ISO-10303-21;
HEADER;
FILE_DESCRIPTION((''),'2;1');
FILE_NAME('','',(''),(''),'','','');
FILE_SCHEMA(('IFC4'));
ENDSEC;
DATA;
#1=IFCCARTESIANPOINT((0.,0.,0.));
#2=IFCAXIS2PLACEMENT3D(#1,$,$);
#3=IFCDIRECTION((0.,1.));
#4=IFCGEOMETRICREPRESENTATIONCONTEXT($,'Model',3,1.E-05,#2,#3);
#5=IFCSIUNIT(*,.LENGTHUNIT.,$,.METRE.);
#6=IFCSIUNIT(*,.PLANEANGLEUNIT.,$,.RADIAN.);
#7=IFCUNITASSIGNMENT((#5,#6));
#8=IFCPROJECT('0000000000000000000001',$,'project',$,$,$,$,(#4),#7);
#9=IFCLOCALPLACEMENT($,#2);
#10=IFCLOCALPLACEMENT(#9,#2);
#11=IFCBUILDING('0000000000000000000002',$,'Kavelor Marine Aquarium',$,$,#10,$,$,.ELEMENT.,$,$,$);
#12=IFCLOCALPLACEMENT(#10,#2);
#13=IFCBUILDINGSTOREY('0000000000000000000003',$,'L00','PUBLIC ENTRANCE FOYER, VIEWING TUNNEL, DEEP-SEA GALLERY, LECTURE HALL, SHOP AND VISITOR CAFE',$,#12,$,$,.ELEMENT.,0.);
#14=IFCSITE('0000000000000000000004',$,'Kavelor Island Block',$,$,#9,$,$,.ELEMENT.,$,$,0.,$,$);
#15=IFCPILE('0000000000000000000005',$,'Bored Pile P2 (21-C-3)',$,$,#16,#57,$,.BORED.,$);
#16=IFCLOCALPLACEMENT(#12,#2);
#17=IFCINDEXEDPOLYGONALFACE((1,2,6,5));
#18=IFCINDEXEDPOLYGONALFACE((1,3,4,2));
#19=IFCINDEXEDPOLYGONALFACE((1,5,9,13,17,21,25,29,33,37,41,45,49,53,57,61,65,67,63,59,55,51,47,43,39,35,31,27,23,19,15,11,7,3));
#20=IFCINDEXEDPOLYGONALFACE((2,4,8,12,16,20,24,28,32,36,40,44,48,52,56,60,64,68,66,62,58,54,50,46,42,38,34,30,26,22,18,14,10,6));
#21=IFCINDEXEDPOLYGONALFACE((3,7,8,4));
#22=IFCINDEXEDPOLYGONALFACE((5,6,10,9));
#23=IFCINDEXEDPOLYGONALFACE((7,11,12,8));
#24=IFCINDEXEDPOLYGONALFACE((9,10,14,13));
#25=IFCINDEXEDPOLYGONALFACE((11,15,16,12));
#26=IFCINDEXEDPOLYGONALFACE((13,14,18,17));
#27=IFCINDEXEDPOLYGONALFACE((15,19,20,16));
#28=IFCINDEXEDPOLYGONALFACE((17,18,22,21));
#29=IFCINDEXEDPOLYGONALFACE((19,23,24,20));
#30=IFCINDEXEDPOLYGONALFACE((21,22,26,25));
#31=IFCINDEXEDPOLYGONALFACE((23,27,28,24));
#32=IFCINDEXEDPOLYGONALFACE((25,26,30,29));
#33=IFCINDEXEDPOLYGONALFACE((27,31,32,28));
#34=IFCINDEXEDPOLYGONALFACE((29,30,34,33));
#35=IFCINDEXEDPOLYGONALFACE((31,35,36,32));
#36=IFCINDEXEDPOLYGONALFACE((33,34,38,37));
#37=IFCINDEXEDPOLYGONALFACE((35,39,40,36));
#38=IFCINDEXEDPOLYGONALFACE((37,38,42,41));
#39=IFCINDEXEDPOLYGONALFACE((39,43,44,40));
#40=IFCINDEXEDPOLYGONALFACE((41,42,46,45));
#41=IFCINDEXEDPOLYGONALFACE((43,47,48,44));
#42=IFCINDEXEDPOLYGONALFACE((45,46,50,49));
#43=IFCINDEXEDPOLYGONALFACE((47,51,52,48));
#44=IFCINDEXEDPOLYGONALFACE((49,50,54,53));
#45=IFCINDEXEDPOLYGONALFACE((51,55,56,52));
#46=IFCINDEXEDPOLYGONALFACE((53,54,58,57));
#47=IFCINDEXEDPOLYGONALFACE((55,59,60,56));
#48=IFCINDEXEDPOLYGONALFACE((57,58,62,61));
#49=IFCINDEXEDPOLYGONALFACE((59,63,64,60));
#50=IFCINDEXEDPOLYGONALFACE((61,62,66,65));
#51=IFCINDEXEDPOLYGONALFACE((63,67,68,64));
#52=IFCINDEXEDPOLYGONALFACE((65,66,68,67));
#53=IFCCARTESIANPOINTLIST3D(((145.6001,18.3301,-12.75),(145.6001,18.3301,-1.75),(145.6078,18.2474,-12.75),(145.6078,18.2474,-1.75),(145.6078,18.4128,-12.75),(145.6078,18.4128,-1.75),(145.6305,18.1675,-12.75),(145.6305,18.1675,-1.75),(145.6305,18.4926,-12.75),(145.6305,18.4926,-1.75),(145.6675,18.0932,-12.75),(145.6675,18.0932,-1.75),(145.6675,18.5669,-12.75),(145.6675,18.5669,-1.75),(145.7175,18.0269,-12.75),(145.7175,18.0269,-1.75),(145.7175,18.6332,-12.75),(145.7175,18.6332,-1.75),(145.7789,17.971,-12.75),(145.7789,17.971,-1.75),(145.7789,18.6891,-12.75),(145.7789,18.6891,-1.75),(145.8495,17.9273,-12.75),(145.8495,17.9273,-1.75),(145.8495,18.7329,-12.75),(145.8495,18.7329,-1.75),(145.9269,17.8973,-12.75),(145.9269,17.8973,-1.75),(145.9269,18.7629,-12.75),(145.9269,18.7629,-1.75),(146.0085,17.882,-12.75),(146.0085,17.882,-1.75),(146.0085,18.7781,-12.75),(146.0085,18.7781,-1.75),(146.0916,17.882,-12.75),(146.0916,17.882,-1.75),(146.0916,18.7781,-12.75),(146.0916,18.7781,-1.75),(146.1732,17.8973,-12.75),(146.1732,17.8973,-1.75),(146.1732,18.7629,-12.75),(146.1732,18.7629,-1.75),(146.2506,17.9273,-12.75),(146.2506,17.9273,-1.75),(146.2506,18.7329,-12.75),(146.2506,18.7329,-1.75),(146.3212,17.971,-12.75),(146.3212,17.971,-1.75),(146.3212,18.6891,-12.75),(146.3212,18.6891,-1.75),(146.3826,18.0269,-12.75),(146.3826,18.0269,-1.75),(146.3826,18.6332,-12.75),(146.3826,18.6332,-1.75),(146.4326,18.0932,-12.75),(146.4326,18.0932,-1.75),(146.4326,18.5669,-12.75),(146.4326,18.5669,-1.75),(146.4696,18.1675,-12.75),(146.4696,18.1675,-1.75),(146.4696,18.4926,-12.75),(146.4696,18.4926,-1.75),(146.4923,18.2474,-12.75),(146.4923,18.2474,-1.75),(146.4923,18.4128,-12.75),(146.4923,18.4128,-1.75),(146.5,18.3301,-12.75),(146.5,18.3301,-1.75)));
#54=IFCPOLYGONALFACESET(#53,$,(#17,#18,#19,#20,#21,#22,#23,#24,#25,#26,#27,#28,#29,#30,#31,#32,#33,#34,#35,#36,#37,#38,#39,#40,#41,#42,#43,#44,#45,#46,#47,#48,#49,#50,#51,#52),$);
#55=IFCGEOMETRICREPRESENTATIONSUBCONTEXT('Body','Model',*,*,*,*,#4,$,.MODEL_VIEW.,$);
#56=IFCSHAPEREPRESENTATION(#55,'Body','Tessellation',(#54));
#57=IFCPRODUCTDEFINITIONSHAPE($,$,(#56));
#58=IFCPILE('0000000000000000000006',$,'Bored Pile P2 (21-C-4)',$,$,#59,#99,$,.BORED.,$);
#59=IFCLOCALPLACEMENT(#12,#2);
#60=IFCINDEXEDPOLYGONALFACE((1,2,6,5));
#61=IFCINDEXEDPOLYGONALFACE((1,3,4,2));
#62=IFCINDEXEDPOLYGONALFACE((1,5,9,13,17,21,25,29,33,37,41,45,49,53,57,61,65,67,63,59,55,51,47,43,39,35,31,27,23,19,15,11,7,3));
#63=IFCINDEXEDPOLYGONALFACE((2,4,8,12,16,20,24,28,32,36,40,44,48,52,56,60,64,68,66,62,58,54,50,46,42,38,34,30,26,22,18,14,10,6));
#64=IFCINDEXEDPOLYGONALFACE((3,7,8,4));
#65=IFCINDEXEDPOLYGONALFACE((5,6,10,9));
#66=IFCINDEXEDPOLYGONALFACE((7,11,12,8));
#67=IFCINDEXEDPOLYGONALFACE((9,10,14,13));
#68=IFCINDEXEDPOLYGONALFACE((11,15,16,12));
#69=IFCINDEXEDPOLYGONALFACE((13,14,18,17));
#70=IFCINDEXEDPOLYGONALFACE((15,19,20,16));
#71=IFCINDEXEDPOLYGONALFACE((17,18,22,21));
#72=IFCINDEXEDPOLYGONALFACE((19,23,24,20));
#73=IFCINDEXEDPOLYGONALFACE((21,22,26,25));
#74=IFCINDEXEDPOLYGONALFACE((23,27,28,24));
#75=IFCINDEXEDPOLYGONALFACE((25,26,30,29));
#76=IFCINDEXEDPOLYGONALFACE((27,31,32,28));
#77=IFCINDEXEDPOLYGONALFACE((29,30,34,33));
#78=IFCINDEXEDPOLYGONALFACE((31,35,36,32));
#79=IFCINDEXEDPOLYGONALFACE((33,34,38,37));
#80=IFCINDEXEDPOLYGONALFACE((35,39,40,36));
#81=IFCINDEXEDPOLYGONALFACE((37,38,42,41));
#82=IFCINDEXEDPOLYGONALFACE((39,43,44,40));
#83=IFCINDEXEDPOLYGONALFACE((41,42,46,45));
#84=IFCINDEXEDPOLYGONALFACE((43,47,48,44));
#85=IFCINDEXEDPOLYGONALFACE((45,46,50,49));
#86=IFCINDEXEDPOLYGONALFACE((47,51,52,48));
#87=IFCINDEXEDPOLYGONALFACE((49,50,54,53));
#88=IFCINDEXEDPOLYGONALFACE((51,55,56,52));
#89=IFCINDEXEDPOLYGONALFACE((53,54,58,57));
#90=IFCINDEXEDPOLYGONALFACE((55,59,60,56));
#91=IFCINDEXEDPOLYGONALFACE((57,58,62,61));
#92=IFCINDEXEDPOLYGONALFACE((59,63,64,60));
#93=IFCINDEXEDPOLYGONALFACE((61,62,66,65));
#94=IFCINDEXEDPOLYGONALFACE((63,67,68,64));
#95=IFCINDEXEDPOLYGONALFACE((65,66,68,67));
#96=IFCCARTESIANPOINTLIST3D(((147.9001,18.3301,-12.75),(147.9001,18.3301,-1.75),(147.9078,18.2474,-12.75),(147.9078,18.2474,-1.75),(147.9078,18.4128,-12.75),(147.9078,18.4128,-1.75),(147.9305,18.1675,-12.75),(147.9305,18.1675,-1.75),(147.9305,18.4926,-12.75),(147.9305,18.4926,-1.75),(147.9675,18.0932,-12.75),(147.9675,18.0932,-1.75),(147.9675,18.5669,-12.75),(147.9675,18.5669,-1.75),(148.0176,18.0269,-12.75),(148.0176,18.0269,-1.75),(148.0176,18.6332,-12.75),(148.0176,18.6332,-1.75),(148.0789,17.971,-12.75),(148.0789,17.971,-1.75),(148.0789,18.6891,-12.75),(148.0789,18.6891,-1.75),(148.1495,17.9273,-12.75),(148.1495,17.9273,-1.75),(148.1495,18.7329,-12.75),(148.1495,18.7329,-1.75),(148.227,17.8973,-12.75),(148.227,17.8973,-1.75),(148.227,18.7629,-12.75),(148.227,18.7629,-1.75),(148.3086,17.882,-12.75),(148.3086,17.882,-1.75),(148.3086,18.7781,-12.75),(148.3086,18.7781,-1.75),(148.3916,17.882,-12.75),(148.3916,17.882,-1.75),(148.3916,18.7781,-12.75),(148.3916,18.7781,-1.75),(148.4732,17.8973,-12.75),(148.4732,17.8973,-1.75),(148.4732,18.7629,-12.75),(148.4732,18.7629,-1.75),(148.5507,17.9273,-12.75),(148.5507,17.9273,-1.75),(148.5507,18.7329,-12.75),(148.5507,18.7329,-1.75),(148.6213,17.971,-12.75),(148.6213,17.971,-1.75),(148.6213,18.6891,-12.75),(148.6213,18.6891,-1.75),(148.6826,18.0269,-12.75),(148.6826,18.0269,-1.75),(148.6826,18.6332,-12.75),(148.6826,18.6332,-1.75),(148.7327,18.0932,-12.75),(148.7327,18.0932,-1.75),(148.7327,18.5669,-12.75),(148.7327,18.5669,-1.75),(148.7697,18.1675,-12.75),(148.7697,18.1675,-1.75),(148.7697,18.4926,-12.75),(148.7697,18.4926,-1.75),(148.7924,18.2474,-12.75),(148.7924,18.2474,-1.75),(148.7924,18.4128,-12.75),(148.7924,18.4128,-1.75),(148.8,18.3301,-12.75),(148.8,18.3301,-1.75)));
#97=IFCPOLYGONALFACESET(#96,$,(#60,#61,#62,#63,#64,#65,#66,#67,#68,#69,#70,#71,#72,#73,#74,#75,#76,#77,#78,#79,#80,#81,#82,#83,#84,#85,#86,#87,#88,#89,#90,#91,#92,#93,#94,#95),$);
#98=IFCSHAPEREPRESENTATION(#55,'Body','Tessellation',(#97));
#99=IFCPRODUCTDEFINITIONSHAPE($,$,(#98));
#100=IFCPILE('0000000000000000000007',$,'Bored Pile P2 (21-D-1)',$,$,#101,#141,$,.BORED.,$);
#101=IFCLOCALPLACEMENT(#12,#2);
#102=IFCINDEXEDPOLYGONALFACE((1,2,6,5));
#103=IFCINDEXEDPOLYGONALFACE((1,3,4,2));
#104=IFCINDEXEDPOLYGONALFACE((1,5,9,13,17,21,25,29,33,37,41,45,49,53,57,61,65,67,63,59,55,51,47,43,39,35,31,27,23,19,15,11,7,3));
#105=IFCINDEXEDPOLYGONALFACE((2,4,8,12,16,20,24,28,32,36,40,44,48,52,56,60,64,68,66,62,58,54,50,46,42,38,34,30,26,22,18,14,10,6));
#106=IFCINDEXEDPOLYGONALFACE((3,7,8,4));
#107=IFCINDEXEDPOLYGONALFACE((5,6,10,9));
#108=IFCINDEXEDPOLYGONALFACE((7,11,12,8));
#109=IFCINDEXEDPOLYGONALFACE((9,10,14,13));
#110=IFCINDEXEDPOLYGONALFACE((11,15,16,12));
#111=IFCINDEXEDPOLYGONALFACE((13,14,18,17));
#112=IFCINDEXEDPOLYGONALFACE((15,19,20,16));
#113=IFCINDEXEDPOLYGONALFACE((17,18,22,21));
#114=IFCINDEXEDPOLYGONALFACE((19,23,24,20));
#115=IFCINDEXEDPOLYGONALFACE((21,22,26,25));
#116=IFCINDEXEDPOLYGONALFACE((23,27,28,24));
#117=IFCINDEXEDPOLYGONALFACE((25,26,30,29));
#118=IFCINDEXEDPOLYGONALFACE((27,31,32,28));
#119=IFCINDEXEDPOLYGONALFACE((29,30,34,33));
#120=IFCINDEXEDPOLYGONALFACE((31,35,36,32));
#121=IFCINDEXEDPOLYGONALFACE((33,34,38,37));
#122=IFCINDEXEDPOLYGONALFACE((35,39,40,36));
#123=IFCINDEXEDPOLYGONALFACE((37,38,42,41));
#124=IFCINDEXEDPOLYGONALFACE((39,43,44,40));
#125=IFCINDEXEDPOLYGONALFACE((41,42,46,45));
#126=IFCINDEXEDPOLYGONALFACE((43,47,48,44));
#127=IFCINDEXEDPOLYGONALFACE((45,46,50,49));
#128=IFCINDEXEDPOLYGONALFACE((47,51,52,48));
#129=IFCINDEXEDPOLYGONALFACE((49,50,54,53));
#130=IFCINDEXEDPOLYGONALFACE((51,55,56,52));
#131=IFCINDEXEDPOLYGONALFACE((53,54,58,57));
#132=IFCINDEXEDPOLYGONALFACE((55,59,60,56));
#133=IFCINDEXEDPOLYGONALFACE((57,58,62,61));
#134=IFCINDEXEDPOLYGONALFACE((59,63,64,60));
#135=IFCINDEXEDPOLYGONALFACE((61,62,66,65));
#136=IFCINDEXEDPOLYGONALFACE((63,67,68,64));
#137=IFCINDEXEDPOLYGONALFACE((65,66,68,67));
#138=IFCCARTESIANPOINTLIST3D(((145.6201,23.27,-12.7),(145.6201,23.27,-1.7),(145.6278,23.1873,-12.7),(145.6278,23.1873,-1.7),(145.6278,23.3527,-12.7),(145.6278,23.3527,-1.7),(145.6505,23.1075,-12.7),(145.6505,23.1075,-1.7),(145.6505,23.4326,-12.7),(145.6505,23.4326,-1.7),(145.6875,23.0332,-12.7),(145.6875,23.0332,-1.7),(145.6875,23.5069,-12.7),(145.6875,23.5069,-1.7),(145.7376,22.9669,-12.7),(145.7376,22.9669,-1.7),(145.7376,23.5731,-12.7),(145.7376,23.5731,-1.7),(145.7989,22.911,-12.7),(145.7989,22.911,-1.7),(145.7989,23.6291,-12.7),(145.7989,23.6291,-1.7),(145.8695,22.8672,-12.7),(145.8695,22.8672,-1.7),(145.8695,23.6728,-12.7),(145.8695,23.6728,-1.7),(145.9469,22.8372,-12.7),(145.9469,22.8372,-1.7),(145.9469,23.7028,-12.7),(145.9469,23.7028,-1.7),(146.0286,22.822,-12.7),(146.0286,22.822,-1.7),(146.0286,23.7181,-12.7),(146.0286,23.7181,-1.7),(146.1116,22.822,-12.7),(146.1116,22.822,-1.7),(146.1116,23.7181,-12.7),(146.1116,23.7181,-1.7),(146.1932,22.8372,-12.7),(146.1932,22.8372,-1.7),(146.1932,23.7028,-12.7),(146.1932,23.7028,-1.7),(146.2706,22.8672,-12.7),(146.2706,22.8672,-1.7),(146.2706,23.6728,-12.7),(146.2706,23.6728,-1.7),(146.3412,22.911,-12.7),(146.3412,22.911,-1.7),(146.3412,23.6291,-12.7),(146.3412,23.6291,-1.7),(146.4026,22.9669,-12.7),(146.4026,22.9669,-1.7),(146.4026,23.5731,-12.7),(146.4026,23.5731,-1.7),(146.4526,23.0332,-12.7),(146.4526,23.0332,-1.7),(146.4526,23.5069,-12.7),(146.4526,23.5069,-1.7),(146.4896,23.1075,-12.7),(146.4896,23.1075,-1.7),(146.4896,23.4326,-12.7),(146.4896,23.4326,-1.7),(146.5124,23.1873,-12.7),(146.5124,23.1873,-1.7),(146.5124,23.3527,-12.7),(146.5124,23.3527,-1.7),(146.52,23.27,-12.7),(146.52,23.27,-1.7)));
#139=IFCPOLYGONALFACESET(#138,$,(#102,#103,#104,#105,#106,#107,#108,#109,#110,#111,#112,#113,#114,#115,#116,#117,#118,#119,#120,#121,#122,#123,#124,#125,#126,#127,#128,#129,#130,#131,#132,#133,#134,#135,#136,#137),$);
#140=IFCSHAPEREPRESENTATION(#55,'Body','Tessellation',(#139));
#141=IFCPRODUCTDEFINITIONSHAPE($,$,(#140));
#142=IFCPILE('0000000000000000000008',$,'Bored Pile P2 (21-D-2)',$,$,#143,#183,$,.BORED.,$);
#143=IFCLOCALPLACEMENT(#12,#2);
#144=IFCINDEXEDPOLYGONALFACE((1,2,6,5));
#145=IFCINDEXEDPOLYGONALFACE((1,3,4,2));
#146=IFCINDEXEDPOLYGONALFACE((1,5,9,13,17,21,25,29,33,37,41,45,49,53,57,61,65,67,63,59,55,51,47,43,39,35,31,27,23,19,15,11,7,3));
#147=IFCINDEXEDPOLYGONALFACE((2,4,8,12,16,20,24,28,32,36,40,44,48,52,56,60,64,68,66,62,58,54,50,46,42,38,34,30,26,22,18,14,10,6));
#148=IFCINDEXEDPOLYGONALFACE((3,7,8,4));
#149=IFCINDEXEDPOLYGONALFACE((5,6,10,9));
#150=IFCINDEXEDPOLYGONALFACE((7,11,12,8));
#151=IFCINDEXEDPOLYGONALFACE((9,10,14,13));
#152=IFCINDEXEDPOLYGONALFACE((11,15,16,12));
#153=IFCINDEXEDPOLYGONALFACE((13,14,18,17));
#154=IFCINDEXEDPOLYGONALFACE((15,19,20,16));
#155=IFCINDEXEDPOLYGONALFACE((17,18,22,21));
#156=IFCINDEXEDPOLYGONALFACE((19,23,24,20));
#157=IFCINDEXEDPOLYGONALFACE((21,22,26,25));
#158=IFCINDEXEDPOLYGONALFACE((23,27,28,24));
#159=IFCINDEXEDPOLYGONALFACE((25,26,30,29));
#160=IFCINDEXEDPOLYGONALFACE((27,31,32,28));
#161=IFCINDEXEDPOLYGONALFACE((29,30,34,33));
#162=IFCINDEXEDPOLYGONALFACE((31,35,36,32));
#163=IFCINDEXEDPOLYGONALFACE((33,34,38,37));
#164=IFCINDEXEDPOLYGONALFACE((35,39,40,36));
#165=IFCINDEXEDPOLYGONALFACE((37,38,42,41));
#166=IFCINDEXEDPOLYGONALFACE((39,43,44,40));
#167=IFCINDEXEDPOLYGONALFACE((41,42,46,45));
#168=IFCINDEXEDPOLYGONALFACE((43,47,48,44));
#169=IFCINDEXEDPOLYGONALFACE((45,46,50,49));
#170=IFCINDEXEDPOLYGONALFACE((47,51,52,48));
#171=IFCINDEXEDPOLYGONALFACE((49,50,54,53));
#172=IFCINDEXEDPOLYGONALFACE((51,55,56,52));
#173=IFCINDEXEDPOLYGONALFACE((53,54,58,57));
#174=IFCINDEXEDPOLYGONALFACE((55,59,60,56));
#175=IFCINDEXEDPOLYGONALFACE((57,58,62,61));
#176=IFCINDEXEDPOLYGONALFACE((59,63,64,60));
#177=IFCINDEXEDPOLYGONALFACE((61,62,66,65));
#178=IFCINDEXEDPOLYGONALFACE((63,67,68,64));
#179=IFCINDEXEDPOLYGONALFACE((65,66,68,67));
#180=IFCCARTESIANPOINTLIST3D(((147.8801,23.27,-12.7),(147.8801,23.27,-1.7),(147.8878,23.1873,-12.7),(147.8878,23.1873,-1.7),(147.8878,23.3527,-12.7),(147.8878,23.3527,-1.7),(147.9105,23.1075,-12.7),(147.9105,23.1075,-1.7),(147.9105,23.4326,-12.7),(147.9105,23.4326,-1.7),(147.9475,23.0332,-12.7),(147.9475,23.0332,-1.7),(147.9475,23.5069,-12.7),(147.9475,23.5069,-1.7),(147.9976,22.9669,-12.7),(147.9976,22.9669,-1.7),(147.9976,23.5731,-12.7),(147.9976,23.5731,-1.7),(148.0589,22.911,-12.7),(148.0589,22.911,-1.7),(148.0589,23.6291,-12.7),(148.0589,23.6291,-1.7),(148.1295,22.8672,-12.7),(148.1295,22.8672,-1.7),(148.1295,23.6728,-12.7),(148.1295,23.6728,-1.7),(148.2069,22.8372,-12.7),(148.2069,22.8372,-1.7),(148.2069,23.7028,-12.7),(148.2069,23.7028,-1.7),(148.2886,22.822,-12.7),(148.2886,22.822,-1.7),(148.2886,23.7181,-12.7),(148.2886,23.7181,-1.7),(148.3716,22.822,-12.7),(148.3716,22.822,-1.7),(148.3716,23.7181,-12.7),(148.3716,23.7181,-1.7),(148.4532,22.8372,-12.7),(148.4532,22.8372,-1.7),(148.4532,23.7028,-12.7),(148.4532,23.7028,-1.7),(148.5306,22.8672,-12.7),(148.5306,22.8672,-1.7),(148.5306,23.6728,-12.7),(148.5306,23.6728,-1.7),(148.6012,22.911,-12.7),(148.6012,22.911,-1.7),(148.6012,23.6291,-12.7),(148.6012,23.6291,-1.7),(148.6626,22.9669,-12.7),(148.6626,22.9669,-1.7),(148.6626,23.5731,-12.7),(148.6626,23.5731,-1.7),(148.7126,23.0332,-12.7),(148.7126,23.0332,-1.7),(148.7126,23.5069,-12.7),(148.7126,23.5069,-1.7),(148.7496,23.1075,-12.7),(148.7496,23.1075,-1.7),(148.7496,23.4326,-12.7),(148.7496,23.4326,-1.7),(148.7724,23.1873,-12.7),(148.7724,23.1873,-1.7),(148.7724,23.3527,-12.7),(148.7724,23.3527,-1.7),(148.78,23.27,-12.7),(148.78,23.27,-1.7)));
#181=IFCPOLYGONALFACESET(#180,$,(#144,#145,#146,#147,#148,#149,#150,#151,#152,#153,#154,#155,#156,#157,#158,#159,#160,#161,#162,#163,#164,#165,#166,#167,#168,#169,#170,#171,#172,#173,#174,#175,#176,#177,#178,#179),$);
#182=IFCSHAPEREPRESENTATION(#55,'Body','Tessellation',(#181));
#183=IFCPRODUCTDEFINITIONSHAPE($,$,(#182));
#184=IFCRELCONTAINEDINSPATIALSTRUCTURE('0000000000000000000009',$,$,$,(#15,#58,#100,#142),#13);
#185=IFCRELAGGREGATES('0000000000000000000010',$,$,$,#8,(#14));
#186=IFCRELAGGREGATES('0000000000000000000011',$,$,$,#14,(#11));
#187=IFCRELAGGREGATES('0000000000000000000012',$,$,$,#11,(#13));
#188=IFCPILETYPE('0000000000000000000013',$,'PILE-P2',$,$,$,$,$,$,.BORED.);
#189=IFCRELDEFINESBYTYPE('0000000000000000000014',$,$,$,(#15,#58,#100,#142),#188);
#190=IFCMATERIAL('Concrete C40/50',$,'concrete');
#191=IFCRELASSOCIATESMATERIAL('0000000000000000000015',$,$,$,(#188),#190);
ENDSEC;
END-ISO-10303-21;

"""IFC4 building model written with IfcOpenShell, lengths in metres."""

from ifc_helpers import new_model, si_unit, direction, frame, origin, origin_2d, place, context, subcontext, project, spatial, circle, extrude, material, material_profile, profile_set, type_object, element, save


model = new_model("IFC4")

# Units and contexts
model_context = context("Model", 3, precision=1e-05, world=origin(), true_north=direction((0.0, 1.0)))
body_context = subcontext(model_context, "Body", "Model", "MODEL_VIEW")
ifc_project = project(units=[si_unit("LENGTHUNIT", "METRE"), si_unit("PLANEANGLEUNIT", "RADIAN")], contexts=[model_context])

# Site, building, storey
site_placement = place(None, origin())
site = spatial("IfcSite", under=ifc_project, at=site_placement, Name="Kavelor Island Block", CompositionType="ELEMENT", RefElevation=0.0)
building_placement = place(site_placement, origin())
building = spatial("IfcBuilding", under=site, at=building_placement, Name="Kavelor Marine Aquarium", CompositionType="ELEMENT")
storey_placement = place(building_placement, origin())
storey = spatial("IfcBuildingStorey", under=building, at=storey_placement, Name="L00", Description="PUBLIC ENTRANCE FOYER, VIEWING TUNNEL, DEEP-SEA GALLERY, LECTURE HALL, SHOP AND VISITOR CAFE", CompositionType="ELEMENT", Elevation=0.0)

# Piles
ifc_material_1 = material(Name="Concrete C40/50", Category="concrete")
ifc_material_profile_1 = material_profile(ifc_material_1, circle(Radius=0.45, at=origin_2d()), Name="PILE D900")
ifc_profile_set_1 = profile_set([ifc_material_profile_1], Name="Concrete C40/50")
pile_type_1 = type_object("IfcPileType", Name="PILE-P2", PredefinedType="BORED", material=ifc_profile_set_1)
for number, where, z_axis, x_axis, name in (
    (1, (146.05, 18.3301, -1.75), (0.0, 0.0, -1.0), (1.0, 0.0, 0.0), "Bored Pile P2 (21-C-3)"),
    (2, (148.3501, 18.3301, -1.75), (0.0, 0.0, -1.0), (1.0, 0.0, 0.0), "Bored Pile P2 (21-C-4)"),
    (3, (146.0701, 23.27, -1.7), (0.0, 0.0, -1.0), (1.0, 0.0, 0.0), "Bored Pile P2 (21-D-1)"),
    (4, (148.3301, 23.27, -1.7), (0.0, 0.0, -1.0), (1.0, 0.0, 0.0), "Bored Pile P2 (21-D-2)"),
):
    element("IfcPile", number, at=place(storey_placement, frame(where, z_axis=z_axis, x_axis=x_axis)), inside=storey, type_object=pile_type_1, Name=name, PredefinedType="BORED", context=body_context, shape_type="SweptSolid", body=[
        extrude(circle(Radius=0.45, at=origin_2d()), origin(), (0.0, 0.0, 1.0), 11.0),
    ])

save(model, "model.ifc")
